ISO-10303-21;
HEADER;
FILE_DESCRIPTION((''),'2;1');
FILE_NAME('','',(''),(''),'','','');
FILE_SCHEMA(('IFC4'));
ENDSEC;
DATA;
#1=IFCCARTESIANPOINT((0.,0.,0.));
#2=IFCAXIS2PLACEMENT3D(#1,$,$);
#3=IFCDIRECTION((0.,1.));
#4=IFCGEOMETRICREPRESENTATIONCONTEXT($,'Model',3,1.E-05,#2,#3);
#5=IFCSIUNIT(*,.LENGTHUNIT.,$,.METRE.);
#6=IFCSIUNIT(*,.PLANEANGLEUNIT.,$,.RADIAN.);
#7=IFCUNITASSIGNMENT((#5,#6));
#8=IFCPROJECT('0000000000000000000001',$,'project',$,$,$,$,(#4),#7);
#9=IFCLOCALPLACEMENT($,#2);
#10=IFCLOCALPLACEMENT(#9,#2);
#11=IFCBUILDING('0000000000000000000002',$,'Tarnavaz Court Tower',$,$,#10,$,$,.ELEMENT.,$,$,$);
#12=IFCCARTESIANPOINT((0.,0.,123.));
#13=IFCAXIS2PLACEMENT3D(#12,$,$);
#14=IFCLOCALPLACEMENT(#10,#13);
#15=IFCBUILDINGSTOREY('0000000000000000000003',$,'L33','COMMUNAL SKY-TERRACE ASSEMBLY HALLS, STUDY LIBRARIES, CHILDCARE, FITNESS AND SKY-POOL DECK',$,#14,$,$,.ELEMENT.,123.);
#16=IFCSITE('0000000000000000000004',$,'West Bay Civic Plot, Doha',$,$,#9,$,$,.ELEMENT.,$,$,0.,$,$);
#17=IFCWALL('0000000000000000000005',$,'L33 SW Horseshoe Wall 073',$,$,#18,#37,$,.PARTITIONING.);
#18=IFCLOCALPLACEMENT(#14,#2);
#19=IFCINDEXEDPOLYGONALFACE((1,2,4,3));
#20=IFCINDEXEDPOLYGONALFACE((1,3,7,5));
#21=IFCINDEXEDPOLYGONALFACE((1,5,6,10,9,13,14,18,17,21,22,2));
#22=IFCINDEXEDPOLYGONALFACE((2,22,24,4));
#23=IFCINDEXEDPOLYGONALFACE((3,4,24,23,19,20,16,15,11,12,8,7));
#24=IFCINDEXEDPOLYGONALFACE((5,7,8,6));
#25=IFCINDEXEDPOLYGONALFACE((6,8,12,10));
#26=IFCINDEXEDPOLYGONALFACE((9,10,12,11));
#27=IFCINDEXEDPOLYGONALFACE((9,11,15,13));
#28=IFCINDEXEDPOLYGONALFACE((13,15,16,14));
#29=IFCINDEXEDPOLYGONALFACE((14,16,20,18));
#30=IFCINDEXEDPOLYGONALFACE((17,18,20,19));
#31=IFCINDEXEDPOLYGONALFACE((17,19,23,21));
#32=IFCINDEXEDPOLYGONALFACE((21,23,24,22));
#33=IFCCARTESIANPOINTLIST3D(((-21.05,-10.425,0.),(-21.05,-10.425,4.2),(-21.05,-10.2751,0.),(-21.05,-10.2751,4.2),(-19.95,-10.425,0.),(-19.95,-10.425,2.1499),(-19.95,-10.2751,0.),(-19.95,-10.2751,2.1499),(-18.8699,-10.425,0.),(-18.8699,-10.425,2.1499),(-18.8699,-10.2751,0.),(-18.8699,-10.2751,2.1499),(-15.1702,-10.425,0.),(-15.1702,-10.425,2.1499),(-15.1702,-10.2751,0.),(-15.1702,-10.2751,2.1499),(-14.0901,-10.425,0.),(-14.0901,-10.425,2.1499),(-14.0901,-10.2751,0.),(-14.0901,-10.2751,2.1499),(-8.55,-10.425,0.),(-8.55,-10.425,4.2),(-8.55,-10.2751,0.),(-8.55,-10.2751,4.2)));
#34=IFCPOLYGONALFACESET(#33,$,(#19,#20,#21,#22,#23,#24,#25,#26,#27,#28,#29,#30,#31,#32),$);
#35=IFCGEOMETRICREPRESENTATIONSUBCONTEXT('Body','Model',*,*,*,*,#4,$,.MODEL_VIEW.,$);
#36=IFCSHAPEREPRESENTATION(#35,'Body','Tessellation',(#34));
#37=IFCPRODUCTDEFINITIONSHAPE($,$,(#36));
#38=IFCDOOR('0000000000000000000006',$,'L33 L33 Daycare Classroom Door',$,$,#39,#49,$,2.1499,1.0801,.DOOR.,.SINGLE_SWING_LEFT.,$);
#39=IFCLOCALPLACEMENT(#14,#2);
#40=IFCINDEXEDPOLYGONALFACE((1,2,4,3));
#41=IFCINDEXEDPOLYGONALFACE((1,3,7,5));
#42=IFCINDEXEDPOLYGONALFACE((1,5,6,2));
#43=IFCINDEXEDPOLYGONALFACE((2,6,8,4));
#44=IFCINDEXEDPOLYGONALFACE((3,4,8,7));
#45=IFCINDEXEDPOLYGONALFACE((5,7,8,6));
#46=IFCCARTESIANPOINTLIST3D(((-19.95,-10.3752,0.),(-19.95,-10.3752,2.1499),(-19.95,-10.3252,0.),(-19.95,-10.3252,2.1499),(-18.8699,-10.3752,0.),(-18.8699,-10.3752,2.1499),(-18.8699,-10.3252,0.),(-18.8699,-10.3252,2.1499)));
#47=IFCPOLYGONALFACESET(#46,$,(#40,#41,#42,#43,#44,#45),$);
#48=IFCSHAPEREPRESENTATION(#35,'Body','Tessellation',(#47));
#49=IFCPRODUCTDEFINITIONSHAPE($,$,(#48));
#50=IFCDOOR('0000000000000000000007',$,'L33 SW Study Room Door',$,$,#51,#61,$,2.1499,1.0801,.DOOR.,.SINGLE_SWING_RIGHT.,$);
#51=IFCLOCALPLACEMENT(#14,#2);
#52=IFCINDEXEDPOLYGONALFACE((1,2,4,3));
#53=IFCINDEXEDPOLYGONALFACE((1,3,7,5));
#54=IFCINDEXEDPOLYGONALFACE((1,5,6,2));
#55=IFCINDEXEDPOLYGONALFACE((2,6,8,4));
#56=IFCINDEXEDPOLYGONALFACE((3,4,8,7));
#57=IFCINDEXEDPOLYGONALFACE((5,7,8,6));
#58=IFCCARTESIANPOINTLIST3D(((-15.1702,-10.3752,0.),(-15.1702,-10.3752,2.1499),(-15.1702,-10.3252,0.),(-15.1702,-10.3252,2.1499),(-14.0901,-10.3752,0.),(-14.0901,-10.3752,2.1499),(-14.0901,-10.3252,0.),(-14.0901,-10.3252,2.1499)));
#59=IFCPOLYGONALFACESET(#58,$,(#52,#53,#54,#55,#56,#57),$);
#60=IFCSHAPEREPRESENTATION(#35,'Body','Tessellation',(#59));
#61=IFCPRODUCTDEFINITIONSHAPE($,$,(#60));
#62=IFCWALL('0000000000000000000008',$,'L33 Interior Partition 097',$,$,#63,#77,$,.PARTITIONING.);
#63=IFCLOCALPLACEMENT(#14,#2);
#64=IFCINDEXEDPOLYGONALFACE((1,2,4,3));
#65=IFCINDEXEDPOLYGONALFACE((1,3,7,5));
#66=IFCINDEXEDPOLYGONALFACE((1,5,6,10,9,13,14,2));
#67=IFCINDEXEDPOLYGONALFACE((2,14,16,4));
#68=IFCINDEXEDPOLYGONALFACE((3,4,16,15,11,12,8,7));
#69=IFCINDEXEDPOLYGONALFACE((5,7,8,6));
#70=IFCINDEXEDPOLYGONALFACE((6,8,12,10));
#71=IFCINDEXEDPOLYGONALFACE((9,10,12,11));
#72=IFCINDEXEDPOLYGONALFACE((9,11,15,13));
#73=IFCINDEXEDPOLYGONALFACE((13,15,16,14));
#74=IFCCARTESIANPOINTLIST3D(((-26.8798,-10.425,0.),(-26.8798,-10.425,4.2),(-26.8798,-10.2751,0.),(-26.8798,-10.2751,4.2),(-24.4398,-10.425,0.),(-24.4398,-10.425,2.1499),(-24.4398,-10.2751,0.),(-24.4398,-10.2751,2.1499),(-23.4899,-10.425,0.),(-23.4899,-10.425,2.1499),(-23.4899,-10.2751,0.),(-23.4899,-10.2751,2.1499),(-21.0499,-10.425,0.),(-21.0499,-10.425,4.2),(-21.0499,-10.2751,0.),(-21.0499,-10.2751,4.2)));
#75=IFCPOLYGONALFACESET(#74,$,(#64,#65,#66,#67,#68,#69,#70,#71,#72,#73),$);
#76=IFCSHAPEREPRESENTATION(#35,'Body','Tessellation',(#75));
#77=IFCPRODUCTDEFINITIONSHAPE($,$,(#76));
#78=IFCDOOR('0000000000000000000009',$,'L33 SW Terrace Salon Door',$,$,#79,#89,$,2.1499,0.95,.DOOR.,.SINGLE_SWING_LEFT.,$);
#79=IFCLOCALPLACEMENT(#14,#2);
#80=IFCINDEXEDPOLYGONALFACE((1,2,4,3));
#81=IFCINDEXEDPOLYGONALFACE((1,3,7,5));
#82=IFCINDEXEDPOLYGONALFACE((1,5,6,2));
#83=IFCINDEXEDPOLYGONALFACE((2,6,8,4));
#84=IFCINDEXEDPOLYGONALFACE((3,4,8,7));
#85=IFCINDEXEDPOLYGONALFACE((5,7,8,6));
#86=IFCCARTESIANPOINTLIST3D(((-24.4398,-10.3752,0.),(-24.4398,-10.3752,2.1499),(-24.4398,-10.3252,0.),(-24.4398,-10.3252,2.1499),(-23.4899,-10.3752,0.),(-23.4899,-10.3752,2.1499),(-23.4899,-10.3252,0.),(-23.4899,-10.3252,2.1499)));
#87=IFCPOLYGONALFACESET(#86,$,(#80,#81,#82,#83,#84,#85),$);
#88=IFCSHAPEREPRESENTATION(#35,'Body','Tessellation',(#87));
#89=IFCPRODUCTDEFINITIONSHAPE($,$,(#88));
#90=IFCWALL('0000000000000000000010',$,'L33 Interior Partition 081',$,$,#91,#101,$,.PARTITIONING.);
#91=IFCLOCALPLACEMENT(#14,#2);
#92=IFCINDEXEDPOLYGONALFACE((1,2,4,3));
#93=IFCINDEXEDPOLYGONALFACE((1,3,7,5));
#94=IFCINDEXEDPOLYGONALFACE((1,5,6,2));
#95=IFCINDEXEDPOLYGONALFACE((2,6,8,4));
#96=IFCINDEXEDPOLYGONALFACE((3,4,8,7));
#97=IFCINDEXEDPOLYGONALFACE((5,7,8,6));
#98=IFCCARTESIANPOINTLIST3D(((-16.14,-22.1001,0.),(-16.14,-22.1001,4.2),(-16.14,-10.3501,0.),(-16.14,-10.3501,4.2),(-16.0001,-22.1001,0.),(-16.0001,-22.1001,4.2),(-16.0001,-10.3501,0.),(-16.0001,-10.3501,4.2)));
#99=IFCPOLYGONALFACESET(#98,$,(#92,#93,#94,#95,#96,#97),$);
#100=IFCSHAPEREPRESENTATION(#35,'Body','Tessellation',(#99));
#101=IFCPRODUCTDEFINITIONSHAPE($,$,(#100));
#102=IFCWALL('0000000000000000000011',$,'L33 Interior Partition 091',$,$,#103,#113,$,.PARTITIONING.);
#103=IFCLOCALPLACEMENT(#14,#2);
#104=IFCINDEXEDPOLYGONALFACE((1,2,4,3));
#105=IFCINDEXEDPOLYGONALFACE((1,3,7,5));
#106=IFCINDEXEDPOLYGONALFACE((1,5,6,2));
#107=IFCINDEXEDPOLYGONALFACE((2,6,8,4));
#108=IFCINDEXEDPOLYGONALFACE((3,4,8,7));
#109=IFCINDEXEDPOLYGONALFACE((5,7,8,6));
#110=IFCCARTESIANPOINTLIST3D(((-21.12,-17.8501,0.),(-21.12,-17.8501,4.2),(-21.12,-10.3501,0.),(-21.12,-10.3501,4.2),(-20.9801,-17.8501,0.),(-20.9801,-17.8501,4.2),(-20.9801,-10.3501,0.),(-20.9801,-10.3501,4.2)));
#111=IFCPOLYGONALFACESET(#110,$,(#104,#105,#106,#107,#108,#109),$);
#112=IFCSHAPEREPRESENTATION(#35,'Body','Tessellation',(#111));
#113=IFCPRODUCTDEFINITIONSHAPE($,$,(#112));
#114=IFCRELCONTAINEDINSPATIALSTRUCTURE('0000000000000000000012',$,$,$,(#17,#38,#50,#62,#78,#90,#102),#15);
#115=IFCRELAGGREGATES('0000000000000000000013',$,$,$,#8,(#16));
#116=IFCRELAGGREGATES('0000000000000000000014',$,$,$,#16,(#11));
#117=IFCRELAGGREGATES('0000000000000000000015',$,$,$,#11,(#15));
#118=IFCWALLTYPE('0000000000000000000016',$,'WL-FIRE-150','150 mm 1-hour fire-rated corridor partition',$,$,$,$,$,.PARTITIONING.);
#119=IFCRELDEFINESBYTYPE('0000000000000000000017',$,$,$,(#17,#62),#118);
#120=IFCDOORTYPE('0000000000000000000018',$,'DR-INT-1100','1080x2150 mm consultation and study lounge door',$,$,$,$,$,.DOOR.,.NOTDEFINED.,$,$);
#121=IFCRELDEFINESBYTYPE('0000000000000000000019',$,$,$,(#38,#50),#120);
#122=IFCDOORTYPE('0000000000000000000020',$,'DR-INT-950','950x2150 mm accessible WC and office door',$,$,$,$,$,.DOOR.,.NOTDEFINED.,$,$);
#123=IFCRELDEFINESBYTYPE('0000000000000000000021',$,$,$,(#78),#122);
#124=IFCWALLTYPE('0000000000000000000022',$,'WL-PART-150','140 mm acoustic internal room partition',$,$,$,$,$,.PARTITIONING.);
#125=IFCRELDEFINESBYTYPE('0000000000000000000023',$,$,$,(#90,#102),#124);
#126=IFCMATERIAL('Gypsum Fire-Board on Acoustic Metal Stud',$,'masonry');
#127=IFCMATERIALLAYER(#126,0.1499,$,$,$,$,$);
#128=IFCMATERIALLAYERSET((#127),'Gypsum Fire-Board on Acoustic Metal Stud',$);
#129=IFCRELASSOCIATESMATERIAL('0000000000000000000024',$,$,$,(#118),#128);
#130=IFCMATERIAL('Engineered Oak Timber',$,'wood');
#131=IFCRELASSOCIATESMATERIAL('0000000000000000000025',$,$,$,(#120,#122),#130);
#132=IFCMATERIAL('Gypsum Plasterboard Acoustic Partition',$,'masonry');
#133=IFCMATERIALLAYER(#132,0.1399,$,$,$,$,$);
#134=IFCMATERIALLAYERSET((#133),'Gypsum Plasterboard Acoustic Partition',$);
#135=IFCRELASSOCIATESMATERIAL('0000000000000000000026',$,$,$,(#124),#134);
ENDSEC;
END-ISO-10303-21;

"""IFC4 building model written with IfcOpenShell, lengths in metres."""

from ifc_helpers import new_model, si_unit, direction, frame, frame_2d, origin, place, context, subcontext, project, spatial, rectangle, extrude, material, layer, layer_set, type_object, element, fill, save


model = new_model("IFC4")

# Units and contexts
model_context = context("Model", 3, precision=1e-05, world=origin(), true_north=direction((0.0, 1.0)))
body_context = subcontext(model_context, "Body", "Model", "MODEL_VIEW")
ifc_project = project(units=[si_unit("LENGTHUNIT", "METRE"), si_unit("PLANEANGLEUNIT", "RADIAN")], contexts=[model_context])

# Site, building, storey
site_placement = place(None, origin())
site = spatial("IfcSite", under=ifc_project, at=site_placement, Name="West Bay Civic Plot, Doha", CompositionType="ELEMENT", RefElevation=0.0)
building_placement = place(site_placement, origin())
building = spatial("IfcBuilding", under=site, at=building_placement, Name="Tarnavaz Court Tower", CompositionType="ELEMENT")
storey_placement = place(building_placement, frame((0.0, 0.0, 123.0)))
storey = spatial("IfcBuildingStorey", under=building, at=storey_placement, Name="L33", Description="COMMUNAL SKY-TERRACE ASSEMBLY HALLS, STUDY LIBRARIES, CHILDCARE, FITNESS AND SKY-POOL DECK", CompositionType="ELEMENT", Elevation=123.0)

# Wall, openings, doors
ifc_material_1 = material(Name="Gypsum Fire-Board on Acoustic Metal Stud", Category="masonry")
ifc_layer_1 = layer(ifc_material_1, 0.1499)
ifc_layer_set_1 = layer_set([ifc_layer_1], Name="Gypsum Fire-Board on Acoustic Metal Stud")
wall_type_1 = type_object("IfcWallType", Name="WL-FIRE-150", Description="150 mm 1-hour fire-rated corridor partition", PredefinedType="PARTITIONING", material=ifc_layer_set_1)
wall_1_placement = place(storey_placement, frame((-21.05, -10.3501, 0.0), z_axis=(0.0, 0.0, 1.0), x_axis=(1.0, 0.0, 0.0)))
wall_1 = element("IfcWall", 1, at=wall_1_placement, inside=storey, type_object=wall_type_1, Name="L33 SW Horseshoe Wall 073", PredefinedType="PARTITIONING", context=body_context, shape_type="SweptSolid", body=[
    extrude(rectangle(XDim=12.5, YDim=0.1499, at=frame_2d((6.25, 0.0))), origin(), (0.0, 0.0, 1.0), 4.2),
])
opening_1_placement = place(wall_1_placement, frame((1.1001, 0.0, 0.0)))
opening_1 = element("IfcOpeningElement", 2, at=opening_1_placement, cuts=wall_1, PredefinedType="OPENING", context=body_context, shape_type="SweptSolid", body=[
    extrude(rectangle(XDim=1.0801, YDim=2.1499, at=frame_2d((0.54, 1.075))), frame((0.0, 0.085, 0.0), z_axis=(0.0, -1.0, 0.0), x_axis=(1.0, 0.0, 0.0)), (0.0, 0.0, 1.0), 0.1699),
])
opening_2_placement = place(wall_1_placement, frame((5.8799, 0.0, 0.0)))
opening_2 = element("IfcOpeningElement", 3, at=opening_2_placement, cuts=wall_1, PredefinedType="OPENING", context=body_context, shape_type="SweptSolid", body=[
    extrude(rectangle(XDim=1.0801, YDim=2.1499, at=frame_2d((0.54, 1.075))), frame((0.0, 0.085, 0.0), z_axis=(0.0, -1.0, 0.0), x_axis=(1.0, 0.0, 0.0)), (0.0, 0.0, 1.0), 0.1699),
])
ifc_material_2 = material(Name="Engineered Oak Timber", Category="wood")
door_type_1 = type_object("IfcDoorType", Name="DR-INT-1100", Description="1080x2150 mm consultation and study lounge door", OperationType="NOTDEFINED", PredefinedType="DOOR", material=ifc_material_2)
door_1_placement = place(opening_1_placement, origin())
door_1 = element("IfcDoor", 4, at=door_1_placement, inside=storey, type_object=door_type_1, Name="L33 L33 Daycare Classroom Door", OperationType="SINGLE_SWING_LEFT", OverallHeight=2.1499, OverallWidth=1.0801, PredefinedType="DOOR", context=body_context, shape_type="SweptSolid", body=[
    extrude(rectangle(XDim=1.0801, YDim=2.1499, at=frame_2d((0.54, 1.075))), frame((0.0, 0.0249, 0.0), z_axis=(0.0, -1.0, 0.0), x_axis=(1.0, 0.0, 0.0)), (0.0, 0.0, 1.0), 0.05),
])
fill(opening_1, door_1)
door_2_placement = place(opening_2_placement, origin())
door_2 = element("IfcDoor", 5, at=door_2_placement, inside=storey, type_object=door_type_1, Name="L33 SW Study Room Door", OperationType="SINGLE_SWING_RIGHT", OverallHeight=2.1499, OverallWidth=1.0801, PredefinedType="DOOR", context=body_context, shape_type="SweptSolid", body=[
    extrude(rectangle(XDim=1.0801, YDim=2.1499, at=frame_2d((0.54, 1.075))), frame((0.0, 0.0249, 0.0), z_axis=(0.0, -1.0, 0.0), x_axis=(1.0, 0.0, 0.0)), (0.0, 0.0, 1.0), 0.05),
])
fill(opening_2, door_2)

# Wall, opening, door
wall_2_placement = place(storey_placement, frame((-26.8799, -10.3501, 0.0), z_axis=(0.0, 0.0, 1.0), x_axis=(1.0, 0.0, 0.0)))
wall_2 = element("IfcWall", 6, at=wall_2_placement, inside=storey, type_object=wall_type_1, Name="L33 Interior Partition 097", PredefinedType="PARTITIONING", context=body_context, shape_type="SweptSolid", body=[
    extrude(rectangle(XDim=5.8298, YDim=0.1499, at=frame_2d((2.915, 0.0))), origin(), (0.0, 0.0, 1.0), 4.2),
])
opening_3_placement = place(wall_2_placement, frame((2.4399, 0.0, 0.0)))
opening_3 = element("IfcOpeningElement", 7, at=opening_3_placement, cuts=wall_2, PredefinedType="OPENING", context=body_context, shape_type="SweptSolid", body=[
    extrude(rectangle(XDim=0.95, YDim=2.1499, at=frame_2d((0.4751, 1.075))), frame((0.0, 0.085, 0.0), z_axis=(0.0, -1.0, 0.0), x_axis=(1.0, 0.0, 0.0)), (0.0, 0.0, 1.0), 0.1699),
])
door_type_2 = type_object("IfcDoorType", Name="DR-INT-950", Description="950x2150 mm accessible WC and office door", OperationType="NOTDEFINED", PredefinedType="DOOR", material=ifc_material_2)
door_3_placement = place(opening_3_placement, origin())
door_3 = element("IfcDoor", 8, at=door_3_placement, inside=storey, type_object=door_type_2, Name="L33 SW Terrace Salon Door", OperationType="SINGLE_SWING_LEFT", OverallHeight=2.1499, OverallWidth=0.95, PredefinedType="DOOR", context=body_context, shape_type="SweptSolid", body=[
    extrude(rectangle(XDim=0.95, YDim=2.1499, at=frame_2d((0.4751, 1.075))), frame((0.0, 0.0249, 0.0), z_axis=(0.0, -1.0, 0.0), x_axis=(1.0, 0.0, 0.0)), (0.0, 0.0, 1.0), 0.05),
])
fill(opening_3, door_3)

# Walls
ifc_material_3 = material(Name="Gypsum Plasterboard Acoustic Partition", Category="masonry")
ifc_layer_2 = layer(ifc_material_3, 0.1399)
ifc_layer_set_2 = layer_set([ifc_layer_2], Name="Gypsum Plasterboard Acoustic Partition")
wall_type_2 = type_object("IfcWallType", Name="WL-PART-150", Description="140 mm acoustic internal room partition", PredefinedType="PARTITIONING", material=ifc_layer_set_2)
wall_3_placement = place(storey_placement, frame((-16.0701, -22.1001, 0.0), z_axis=(0.0, 0.0, 1.0), x_axis=(0.0, 1.0, 0.0)))
element("IfcWall", 9, at=wall_3_placement, inside=storey, type_object=wall_type_2, Name="L33 Interior Partition 081", PredefinedType="PARTITIONING", context=body_context, shape_type="SweptSolid", body=[
    extrude(rectangle(XDim=11.75, YDim=0.1399, at=frame_2d((5.875, 0.0))), origin(), (0.0, 0.0, 1.0), 4.2),
])
wall_4_placement = place(storey_placement, frame((-21.05, -17.8501, 0.0), z_axis=(0.0, 0.0, 1.0), x_axis=(0.0, 1.0, 0.0)))
element("IfcWall", 10, at=wall_4_placement, inside=storey, type_object=wall_type_2, Name="L33 Interior Partition 091", PredefinedType="PARTITIONING", context=body_context, shape_type="SweptSolid", body=[
    extrude(rectangle(XDim=7.5, YDim=0.1399, at=frame_2d((3.75, 0.0))), origin(), (0.0, 0.0, 1.0), 4.2),
])

save(model, "model.ifc")
